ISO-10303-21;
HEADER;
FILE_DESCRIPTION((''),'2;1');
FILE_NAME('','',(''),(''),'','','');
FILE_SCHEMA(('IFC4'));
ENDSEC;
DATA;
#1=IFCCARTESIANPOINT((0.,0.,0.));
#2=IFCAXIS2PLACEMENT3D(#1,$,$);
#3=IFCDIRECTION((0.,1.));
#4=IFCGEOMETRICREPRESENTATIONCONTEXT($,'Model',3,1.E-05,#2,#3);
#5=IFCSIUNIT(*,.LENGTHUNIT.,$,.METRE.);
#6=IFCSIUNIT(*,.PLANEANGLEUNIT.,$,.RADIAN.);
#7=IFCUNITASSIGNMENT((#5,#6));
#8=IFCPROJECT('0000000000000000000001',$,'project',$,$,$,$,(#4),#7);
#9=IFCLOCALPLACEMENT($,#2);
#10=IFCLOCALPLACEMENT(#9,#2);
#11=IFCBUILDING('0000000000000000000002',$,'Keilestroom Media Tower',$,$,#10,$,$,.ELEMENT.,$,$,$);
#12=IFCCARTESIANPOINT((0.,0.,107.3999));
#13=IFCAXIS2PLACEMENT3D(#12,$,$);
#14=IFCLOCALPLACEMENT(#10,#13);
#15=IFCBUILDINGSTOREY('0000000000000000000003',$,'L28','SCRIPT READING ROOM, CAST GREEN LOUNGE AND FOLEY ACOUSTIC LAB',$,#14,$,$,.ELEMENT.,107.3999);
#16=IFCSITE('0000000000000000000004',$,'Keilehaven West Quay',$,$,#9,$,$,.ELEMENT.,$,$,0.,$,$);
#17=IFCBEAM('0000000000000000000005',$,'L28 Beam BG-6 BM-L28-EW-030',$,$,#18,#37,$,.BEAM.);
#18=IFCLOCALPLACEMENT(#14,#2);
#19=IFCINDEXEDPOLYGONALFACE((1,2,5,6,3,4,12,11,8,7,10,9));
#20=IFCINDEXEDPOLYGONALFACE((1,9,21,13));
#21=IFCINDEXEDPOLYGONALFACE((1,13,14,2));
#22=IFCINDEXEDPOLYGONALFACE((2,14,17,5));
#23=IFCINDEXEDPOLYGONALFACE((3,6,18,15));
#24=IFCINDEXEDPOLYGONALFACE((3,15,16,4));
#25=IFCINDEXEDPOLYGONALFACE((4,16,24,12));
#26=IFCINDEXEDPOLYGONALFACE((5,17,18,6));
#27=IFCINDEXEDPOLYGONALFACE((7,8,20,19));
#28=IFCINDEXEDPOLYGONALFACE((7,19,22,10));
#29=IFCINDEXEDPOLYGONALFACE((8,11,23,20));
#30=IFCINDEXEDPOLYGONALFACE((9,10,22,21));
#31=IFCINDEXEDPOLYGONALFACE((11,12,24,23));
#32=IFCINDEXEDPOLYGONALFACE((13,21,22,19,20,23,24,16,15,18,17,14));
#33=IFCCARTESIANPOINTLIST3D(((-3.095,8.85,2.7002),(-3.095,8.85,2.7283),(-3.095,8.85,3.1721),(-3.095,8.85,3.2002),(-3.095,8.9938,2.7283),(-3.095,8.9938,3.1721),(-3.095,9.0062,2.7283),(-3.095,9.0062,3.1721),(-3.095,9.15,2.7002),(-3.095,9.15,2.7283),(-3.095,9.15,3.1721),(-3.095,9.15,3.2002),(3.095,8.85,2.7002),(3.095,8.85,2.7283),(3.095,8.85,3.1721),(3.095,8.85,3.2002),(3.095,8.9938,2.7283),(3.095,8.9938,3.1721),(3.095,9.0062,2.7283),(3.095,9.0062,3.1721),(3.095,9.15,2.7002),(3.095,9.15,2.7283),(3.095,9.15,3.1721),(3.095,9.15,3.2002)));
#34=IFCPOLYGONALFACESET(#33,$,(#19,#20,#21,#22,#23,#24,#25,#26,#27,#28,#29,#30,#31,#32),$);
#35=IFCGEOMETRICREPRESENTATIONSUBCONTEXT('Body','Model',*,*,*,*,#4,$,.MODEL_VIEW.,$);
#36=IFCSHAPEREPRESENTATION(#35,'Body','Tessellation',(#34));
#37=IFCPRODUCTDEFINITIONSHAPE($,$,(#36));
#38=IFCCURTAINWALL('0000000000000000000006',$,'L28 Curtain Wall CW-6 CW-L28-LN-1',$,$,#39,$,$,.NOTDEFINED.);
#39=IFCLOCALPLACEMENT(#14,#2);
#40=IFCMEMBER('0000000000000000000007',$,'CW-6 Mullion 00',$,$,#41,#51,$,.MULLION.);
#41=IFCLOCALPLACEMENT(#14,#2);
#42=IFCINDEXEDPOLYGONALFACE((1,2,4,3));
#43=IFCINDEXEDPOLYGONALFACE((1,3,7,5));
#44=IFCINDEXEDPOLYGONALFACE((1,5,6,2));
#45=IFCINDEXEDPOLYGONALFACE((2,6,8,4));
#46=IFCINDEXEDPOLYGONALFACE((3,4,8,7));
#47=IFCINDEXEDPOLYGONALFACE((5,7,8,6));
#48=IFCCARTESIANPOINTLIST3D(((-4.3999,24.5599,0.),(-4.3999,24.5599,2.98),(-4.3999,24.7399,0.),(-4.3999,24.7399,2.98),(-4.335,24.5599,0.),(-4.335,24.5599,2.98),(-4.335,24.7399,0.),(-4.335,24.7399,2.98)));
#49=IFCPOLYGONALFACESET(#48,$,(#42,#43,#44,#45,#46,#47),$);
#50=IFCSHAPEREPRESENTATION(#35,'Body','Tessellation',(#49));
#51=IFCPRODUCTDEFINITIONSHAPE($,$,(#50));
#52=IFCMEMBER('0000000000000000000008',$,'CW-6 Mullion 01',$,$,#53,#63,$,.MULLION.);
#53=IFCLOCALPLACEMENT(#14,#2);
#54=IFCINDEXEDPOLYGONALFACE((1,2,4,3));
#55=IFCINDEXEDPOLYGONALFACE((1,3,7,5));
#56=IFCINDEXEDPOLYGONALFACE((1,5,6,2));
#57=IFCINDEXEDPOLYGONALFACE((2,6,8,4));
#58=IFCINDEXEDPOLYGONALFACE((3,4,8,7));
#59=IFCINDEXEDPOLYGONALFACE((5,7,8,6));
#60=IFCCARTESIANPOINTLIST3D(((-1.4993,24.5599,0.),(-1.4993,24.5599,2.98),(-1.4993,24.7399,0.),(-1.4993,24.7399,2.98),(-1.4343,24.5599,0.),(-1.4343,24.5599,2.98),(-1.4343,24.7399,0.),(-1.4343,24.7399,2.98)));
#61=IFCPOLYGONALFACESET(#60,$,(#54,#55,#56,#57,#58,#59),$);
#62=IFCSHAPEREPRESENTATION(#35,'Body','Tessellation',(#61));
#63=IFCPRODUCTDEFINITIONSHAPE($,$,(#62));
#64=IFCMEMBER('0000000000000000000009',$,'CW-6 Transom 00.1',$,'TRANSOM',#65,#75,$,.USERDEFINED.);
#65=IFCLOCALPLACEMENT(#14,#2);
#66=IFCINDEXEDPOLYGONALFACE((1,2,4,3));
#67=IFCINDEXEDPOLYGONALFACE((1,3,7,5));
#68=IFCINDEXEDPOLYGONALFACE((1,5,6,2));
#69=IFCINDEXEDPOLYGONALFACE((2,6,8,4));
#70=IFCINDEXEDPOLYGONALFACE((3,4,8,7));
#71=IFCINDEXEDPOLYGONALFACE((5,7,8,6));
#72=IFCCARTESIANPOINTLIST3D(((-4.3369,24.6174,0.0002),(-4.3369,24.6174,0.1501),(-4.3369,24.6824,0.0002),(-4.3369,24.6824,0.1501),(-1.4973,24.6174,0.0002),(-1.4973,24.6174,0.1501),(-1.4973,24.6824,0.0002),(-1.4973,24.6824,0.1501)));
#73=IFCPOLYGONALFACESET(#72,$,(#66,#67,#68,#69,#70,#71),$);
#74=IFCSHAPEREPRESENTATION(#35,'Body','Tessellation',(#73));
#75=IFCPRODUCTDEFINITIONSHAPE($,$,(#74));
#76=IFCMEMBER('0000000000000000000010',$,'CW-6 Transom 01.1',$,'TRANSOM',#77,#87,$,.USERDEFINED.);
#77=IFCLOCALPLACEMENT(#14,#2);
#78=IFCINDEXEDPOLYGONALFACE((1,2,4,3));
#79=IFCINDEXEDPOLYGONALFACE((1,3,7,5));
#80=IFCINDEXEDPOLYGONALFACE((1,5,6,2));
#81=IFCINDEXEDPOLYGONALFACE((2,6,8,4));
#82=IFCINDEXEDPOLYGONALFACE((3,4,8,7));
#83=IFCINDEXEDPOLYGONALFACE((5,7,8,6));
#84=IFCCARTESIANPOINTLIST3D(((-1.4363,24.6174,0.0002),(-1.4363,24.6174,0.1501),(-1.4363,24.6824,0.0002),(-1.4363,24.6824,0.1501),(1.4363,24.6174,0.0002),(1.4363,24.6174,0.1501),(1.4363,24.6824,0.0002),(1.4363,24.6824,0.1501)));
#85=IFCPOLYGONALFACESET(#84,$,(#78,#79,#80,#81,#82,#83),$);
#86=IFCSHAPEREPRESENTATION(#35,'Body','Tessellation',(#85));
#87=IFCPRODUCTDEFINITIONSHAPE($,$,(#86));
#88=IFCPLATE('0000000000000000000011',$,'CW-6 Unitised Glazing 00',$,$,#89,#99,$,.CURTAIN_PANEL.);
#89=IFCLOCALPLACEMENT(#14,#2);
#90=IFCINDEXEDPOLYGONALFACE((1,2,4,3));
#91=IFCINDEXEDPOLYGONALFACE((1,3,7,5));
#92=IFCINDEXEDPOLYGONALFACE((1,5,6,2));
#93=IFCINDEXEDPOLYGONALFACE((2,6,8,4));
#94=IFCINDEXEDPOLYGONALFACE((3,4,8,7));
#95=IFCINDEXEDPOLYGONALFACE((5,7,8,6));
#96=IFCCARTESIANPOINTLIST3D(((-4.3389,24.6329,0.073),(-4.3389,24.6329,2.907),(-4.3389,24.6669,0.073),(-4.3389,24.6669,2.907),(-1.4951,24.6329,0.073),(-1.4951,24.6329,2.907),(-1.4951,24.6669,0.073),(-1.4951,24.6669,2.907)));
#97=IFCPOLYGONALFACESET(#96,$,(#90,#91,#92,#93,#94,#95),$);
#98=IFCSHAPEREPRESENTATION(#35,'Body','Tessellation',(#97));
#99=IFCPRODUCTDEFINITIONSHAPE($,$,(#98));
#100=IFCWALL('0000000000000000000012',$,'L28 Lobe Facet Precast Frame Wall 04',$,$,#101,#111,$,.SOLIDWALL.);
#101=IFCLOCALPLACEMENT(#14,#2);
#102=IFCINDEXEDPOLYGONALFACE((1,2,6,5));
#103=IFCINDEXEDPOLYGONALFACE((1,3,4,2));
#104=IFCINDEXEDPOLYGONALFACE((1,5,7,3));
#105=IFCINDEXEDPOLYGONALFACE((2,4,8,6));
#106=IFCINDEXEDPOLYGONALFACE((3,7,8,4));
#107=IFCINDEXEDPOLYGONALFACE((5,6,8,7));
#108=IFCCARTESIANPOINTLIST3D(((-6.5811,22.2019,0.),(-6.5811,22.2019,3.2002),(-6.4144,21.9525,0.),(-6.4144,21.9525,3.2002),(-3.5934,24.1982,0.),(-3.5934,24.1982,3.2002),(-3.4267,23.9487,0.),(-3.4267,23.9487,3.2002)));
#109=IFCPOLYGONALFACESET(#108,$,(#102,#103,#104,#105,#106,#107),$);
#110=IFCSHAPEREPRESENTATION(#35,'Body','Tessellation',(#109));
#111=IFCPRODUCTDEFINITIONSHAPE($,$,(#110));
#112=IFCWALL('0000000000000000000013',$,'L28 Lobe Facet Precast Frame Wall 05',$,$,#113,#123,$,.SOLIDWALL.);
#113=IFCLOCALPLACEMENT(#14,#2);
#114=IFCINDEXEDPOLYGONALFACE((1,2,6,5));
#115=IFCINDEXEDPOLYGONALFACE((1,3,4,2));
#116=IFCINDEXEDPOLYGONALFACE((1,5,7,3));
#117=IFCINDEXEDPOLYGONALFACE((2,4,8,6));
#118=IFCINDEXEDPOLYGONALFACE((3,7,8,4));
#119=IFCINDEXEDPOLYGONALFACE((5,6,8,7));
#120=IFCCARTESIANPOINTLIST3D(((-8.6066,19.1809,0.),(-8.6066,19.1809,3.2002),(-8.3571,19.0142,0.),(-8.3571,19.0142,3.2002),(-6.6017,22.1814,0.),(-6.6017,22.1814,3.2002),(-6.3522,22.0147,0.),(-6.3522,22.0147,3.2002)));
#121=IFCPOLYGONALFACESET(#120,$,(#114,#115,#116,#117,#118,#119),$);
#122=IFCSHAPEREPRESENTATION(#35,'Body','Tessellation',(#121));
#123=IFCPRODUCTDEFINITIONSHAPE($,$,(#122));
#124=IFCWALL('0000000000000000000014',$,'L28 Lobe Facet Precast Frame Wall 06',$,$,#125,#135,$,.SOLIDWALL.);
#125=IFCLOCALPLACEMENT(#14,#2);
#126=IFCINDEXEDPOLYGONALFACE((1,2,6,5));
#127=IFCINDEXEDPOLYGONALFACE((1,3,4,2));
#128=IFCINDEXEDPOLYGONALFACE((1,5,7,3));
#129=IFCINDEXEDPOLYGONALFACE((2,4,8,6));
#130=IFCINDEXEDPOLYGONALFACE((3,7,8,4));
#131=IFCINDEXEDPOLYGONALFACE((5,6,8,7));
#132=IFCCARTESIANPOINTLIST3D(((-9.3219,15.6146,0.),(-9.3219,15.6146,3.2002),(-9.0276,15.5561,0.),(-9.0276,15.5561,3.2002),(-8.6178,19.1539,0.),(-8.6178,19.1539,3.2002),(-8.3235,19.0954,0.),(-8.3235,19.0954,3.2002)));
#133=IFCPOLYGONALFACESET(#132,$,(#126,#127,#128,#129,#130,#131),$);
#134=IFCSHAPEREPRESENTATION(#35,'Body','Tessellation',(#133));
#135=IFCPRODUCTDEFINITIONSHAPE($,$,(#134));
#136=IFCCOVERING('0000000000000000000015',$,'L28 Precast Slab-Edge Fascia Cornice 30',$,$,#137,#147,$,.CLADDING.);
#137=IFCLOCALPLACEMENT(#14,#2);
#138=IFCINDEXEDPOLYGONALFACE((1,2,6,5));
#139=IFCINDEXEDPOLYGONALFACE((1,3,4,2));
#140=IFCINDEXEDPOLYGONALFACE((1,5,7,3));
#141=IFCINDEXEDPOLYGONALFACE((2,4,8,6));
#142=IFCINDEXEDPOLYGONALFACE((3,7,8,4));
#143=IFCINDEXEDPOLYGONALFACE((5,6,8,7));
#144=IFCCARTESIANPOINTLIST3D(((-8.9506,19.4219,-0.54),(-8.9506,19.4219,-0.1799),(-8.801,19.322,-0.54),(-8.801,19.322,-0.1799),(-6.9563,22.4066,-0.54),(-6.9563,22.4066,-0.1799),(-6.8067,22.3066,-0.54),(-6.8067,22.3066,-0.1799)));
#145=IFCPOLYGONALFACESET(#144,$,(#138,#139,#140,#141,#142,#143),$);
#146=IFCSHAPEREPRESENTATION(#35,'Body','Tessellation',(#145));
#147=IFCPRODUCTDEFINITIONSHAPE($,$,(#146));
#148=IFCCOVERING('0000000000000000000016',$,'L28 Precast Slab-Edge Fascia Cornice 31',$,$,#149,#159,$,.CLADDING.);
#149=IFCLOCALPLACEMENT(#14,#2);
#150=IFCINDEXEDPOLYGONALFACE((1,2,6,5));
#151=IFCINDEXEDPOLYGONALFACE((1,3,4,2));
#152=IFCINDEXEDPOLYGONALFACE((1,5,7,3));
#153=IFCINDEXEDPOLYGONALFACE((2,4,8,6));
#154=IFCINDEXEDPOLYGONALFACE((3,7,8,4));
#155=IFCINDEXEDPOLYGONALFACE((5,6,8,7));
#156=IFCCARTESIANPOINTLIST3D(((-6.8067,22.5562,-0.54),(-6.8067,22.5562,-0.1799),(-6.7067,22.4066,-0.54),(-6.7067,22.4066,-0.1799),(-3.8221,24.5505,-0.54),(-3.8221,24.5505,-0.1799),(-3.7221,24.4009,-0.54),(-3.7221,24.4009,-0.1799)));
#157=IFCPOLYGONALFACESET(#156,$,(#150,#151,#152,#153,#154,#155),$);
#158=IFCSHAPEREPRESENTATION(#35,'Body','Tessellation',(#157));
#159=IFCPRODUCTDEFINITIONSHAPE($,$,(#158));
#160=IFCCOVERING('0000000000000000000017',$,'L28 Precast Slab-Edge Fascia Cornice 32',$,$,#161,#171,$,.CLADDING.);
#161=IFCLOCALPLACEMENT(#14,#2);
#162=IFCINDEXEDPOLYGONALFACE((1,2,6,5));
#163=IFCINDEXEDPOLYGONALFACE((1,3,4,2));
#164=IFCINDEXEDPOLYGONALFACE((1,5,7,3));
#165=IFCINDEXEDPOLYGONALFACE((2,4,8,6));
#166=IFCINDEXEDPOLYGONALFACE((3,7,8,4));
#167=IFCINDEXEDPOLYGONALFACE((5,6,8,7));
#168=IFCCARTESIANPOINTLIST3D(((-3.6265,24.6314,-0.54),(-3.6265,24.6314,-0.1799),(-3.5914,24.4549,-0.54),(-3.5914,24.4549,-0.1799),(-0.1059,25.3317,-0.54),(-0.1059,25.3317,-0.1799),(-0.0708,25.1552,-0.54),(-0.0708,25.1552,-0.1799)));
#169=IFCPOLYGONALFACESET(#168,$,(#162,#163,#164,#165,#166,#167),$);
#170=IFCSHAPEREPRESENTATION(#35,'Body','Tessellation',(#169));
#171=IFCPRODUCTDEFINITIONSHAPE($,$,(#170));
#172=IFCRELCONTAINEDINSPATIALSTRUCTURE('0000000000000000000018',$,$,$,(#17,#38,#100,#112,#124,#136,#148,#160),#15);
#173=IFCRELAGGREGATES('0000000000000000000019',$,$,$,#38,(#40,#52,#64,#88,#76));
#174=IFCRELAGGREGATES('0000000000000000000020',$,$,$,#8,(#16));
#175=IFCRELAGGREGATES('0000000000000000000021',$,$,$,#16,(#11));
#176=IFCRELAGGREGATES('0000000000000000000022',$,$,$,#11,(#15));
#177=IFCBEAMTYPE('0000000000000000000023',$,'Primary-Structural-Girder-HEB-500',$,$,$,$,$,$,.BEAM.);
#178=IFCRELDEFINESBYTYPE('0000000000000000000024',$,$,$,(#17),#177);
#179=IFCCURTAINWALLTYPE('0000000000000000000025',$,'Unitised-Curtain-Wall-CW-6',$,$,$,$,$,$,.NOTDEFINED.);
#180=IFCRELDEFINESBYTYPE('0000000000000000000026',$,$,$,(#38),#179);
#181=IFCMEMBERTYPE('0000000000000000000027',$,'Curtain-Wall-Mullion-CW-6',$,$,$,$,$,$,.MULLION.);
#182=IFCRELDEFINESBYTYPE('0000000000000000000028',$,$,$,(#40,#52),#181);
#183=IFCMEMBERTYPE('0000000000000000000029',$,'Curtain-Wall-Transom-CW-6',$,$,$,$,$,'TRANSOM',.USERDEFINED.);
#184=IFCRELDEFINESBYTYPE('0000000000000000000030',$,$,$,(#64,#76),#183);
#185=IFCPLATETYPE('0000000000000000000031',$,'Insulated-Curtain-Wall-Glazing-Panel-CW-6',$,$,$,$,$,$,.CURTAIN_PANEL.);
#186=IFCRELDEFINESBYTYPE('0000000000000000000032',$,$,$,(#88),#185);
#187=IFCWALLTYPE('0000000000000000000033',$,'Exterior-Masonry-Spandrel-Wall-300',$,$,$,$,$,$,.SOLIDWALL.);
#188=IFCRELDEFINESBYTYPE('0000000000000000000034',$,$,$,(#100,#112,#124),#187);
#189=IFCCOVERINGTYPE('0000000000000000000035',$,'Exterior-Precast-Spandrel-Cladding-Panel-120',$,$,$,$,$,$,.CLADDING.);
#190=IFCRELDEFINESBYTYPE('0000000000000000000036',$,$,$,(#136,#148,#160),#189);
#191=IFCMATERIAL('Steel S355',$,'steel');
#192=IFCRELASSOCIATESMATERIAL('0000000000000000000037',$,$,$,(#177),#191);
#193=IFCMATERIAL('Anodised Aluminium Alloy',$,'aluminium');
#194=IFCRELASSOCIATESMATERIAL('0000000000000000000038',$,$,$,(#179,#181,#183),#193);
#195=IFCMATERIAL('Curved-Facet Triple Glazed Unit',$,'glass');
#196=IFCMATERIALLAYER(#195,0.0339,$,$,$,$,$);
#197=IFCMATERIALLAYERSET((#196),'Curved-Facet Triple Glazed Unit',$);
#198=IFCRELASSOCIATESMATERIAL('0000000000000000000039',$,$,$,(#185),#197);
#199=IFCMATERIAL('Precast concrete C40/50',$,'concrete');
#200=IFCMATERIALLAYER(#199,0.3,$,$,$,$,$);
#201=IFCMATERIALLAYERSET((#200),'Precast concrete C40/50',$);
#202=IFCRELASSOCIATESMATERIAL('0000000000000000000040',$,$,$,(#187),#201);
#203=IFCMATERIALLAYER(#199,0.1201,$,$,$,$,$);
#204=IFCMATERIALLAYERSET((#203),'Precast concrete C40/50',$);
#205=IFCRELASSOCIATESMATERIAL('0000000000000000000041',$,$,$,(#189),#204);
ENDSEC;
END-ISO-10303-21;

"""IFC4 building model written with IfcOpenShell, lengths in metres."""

from ifc_helpers import new_model, si_unit, direction, frame, frame_2d, origin, origin_2d, place, context, subcontext, project, spatial, rectangle, i_section, extrude, source, transform, mapped, material, layer, layer_set, material_profile, profile_set, type_object, element, aggregate, save


model = new_model("IFC4")

# Units and contexts
model_context = context("Model", 3, precision=1e-05, world=origin(), true_north=direction((0.0, 1.0)))
body_context = subcontext(model_context, "Body", "Model", "MODEL_VIEW")
ifc_project = project(units=[si_unit("LENGTHUNIT", "METRE"), si_unit("PLANEANGLEUNIT", "RADIAN")], contexts=[model_context])

# Site, building, storey
site_placement = place(None, origin())
site = spatial("IfcSite", under=ifc_project, at=site_placement, Name="Keilehaven West Quay", CompositionType="ELEMENT", RefElevation=0.0)
building_placement = place(site_placement, origin())
building = spatial("IfcBuilding", under=site, at=building_placement, Name="Keilestroom Media Tower", CompositionType="ELEMENT")
storey_placement = place(building_placement, frame((0.0, 0.0, 107.3999)))
storey = spatial("IfcBuildingStorey", under=building, at=storey_placement, Name="L28", Description="SCRIPT READING ROOM, CAST GREEN LOUNGE AND FOLEY ACOUSTIC LAB", CompositionType="ELEMENT", Elevation=107.3999)

# Shared definitions
ifc_material_1 = material(Name="Steel S355", Category="steel")

# Beam
ifc_material_profile_1 = material_profile(ifc_material_1, i_section(OverallWidth=0.3, OverallDepth=0.5, WebThickness=0.0125, FlangeThickness=0.0281, at=origin_2d()), Name="HEB 500")
ifc_profile_set_1 = profile_set([ifc_material_profile_1], Name="Steel S355")
beam_type = type_object("IfcBeamType", Name="Primary-Structural-Girder-HEB-500", PredefinedType="BEAM", material=ifc_profile_set_1)
shared_shape_1 = source(origin(), body_context, "Body", "SweptSolid", [
    extrude(i_section(OverallWidth=0.3, OverallDepth=0.5, WebThickness=0.0125, FlangeThickness=0.0281, at=origin_2d()), origin(), (0.0, 0.0, 1.0), 6.1899),
])
beam_1_placement = place(storey_placement, frame((-3.095, 9.0, 2.9502), z_axis=(1.0, 0.0, 0.0), x_axis=(0.0, 1.0, 0.0)))
element("IfcBeam", 1, at=beam_1_placement, inside=storey, type_object=beam_type, Name="L28 Beam BG-6 BM-L28-EW-030", PredefinedType="BEAM", context=body_context, shape_type="MappedRepresentation", body=[
    mapped(shared_shape_1, transform((0.0, 0.0, 0.0), x_axis=(1.0, 0.0, 0.0), y_axis=(0.0, 1.0, 0.0), z_axis=(0.0, 0.0, 1.0), scale=1.0)),
])

# Curtain wall, members, plate
ifc_material_2 = material(Name="Anodised Aluminium Alloy", Category="aluminium")
curtain_wall_type = type_object("IfcCurtainWallType", Name="Unitised-Curtain-Wall-CW-6", PredefinedType="NOTDEFINED", material=ifc_material_2)
curtain_wall_placement = place(storey_placement, origin())
curtain_wall = element("IfcCurtainWall", 2, at=curtain_wall_placement, inside=storey, type_object=curtain_wall_type, Name="L28 Curtain Wall CW-6 CW-L28-LN-1", PredefinedType="NOTDEFINED")
ifc_material_profile_2 = material_profile(ifc_material_2, rectangle(XDim=0.0649, YDim=0.1799, at=origin_2d()), Name="ALU MULLION 65x180")
ifc_profile_set_2 = profile_set([ifc_material_profile_2], Name="Anodised Aluminium Alloy")
member_type_1 = type_object("IfcMemberType", Name="Curtain-Wall-Mullion-CW-6", PredefinedType="MULLION", material=ifc_profile_set_2)
shared_shape_2 = source(origin(), body_context, "Body", "SweptSolid", [
    extrude(rectangle(XDim=0.0649, YDim=0.1799, at=origin_2d()), origin(), (0.0, 0.0, 1.0), 2.98),
])
member_1_placement = place(storey_placement, frame((-4.3674, 24.6499, 0.0), z_axis=(0.0, 0.0, 1.0), x_axis=(1.0, 0.0, 0.0)))
member_1 = element("IfcMember", 3, at=member_1_placement, type_object=member_type_1, Name="CW-6 Mullion 00", PredefinedType="MULLION", context=body_context, shape_type="MappedRepresentation", body=[
    mapped(shared_shape_2, transform((0.0, 0.0, 0.0), x_axis=(1.0, 0.0, 0.0), y_axis=(0.0, 1.0, 0.0), z_axis=(0.0, 0.0, 1.0), scale=1.0)),
])
member_2_placement = place(storey_placement, frame((-1.4668, 24.6499, 0.0), z_axis=(0.0, 0.0, 1.0), x_axis=(1.0, 0.0, 0.0)))
member_2 = element("IfcMember", 4, at=member_2_placement, type_object=member_type_1, Name="CW-6 Mullion 01", PredefinedType="MULLION", context=body_context, shape_type="MappedRepresentation", body=[
    mapped(shared_shape_2, transform((0.0, 0.0, 0.0), x_axis=(1.0, 0.0, 0.0), y_axis=(0.0, 1.0, 0.0), z_axis=(0.0, 0.0, 1.0), scale=1.0)),
])
ifc_material_profile_3 = material_profile(ifc_material_2, rectangle(XDim=0.0649, YDim=0.1499, at=origin_2d()), Name="ALU TRANSOM 65x150")
ifc_profile_set_3 = profile_set([ifc_material_profile_3], Name="Anodised Aluminium Alloy")
member_type_2 = type_object("IfcMemberType", Name="Curtain-Wall-Transom-CW-6", ElementType="TRANSOM", PredefinedType="USERDEFINED", material=ifc_profile_set_3)
shared_shape_3 = source(origin(), body_context, "Body", "SweptSolid", [
    extrude(rectangle(XDim=0.0649, YDim=0.1499, at=origin_2d()), origin(), (0.0, 0.0, 1.0), 2.8396),
])
member_3_placement = place(storey_placement, frame((-4.3369, 24.6499, 0.0752), z_axis=(1.0, 0.0, 0.0), x_axis=(0.0, 1.0, 0.0)))
member_3 = element("IfcMember", 5, at=member_3_placement, type_object=member_type_2, Name="CW-6 Transom 00.1", ObjectType="TRANSOM", PredefinedType="USERDEFINED", context=body_context, shape_type="MappedRepresentation", body=[
    mapped(shared_shape_3, transform((0.0, 0.0, 0.0), x_axis=(1.0, 0.0, 0.0), y_axis=(0.0, 1.0, 0.0), z_axis=(0.0, 0.0, 1.0), scale=1.0)),
])
shared_shape_4 = source(origin(), body_context, "Body", "SweptSolid", [
    extrude(rectangle(XDim=0.0649, YDim=0.1499, at=origin_2d()), origin(), (0.0, 0.0, 1.0), 2.8726),
])
member_4_placement = place(storey_placement, frame((-1.4363, 24.6499, 0.0752), z_axis=(1.0, 0.0, 0.0), x_axis=(0.0, 1.0, 0.0)))
member_4 = element("IfcMember", 6, at=member_4_placement, type_object=member_type_2, Name="CW-6 Transom 01.1", ObjectType="TRANSOM", PredefinedType="USERDEFINED", context=body_context, shape_type="MappedRepresentation", body=[
    mapped(shared_shape_4, transform((0.0, 0.0, 0.0), x_axis=(1.0, 0.0, 0.0), y_axis=(0.0, 1.0, 0.0), z_axis=(0.0, 0.0, 1.0), scale=1.0)),
])
ifc_material_3 = material(Name="Curved-Facet Triple Glazed Unit", Category="glass")
ifc_layer_1 = layer(ifc_material_3, 0.0339)
ifc_layer_set_1 = layer_set([ifc_layer_1], Name="Curved-Facet Triple Glazed Unit")
plate_type = type_object("IfcPlateType", Name="Insulated-Curtain-Wall-Glazing-Panel-CW-6", PredefinedType="CURTAIN_PANEL", material=ifc_layer_set_1)
shared_shape_5 = source(origin(), body_context, "Body", "SweptSolid", [
    extrude(rectangle(XDim=2.8438, YDim=0.0339, at=origin_2d()), origin(), (0.0, 0.0, 1.0), 2.834),
])
plate_placement = place(storey_placement, frame((-2.917, 24.6499, 0.073), z_axis=(0.0, 0.0, 1.0), x_axis=(1.0, 0.0, 0.0)))
plate = element("IfcPlate", 7, at=plate_placement, type_object=plate_type, Name="CW-6 Unitised Glazing 00", PredefinedType="CURTAIN_PANEL", context=body_context, shape_type="MappedRepresentation", body=[
    mapped(shared_shape_5, transform((0.0, 0.0, 0.0), x_axis=(1.0, 0.0, 0.0), y_axis=(0.0, 1.0, 0.0), z_axis=(0.0, 0.0, 1.0), scale=1.0)),
])
aggregate(curtain_wall, [member_1, member_2, member_3, plate, member_4])

# Walls
ifc_material_4 = material(Name="Precast concrete C40/50", Category="concrete")
ifc_layer_2 = layer(ifc_material_4, 0.3)
ifc_layer_set_2 = layer_set([ifc_layer_2], Name="Precast concrete C40/50")
wall_type = type_object("IfcWallType", Name="Exterior-Masonry-Spandrel-Wall-300", PredefinedType="SOLIDWALL", material=ifc_layer_set_2)
wall_placement = place(storey_placement, frame((-3.51, 24.0735, 0.0), z_axis=(0.0, 0.0, 1.0), x_axis=(-0.831475, -0.555562, 0.0)))
element("IfcWall", 8, at=wall_placement, inside=storey, type_object=wall_type, Name="L28 Lobe Facet Precast Frame Wall 04", PredefinedType="SOLIDWALL", context=body_context, shape_type="SweptSolid", body=[
    extrude(rectangle(XDim=3.5933, YDim=0.3, at=frame_2d((1.7966, 0.0))), origin(), (0.0, 0.0, 1.0), 3.2002),
])
for number, where, z_axis, x_axis, name in (
    (9, (-6.4771, 22.0979, 0.0), (0.0, 0.0, 1.0), (-0.555574, -0.831467, 0.0), "L28 Lobe Facet Precast Frame Wall 05"),
    (10, (-8.4707, 19.1245, 0.0), (0.0, 0.0, 1.0), (-0.195114, -0.980781, 0.0), "L28 Lobe Facet Precast Frame Wall 06"),
):
    element("IfcWall", number, at=place(storey_placement, frame(where, z_axis=z_axis, x_axis=x_axis)), inside=storey, type_object=wall_type, Name=name, PredefinedType="SOLIDWALL", context=body_context, shape_type="SweptSolid", body=[
        extrude(rectangle(XDim=3.6086, YDim=0.3, at=frame_2d((1.8042, 0.0))), origin(), (0.0, 0.0, 1.0), 3.2002),
    ])

# Coverings
ifc_layer_3 = layer(ifc_material_4, 0.1201)
ifc_layer_set_3 = layer_set([ifc_layer_3], Name="Precast concrete C40/50")
covering_type = type_object("IfcCoveringType", Name="Exterior-Precast-Spandrel-Cladding-Panel-120", PredefinedType="CLADDING", material=ifc_layer_set_3)
shared_shape_6 = source(origin(), body_context, "Body", "SweptSolid", [
    extrude(rectangle(XDim=3.5896, YDim=0.1799, at=origin_2d()), origin(), (0.0, 0.0, 1.0), 0.3601),
])
for number, where, z_axis, x_axis, name in (
    (11, (-7.8787, 20.8643, -0.54), (0.0, 0.0, 1.0), (0.555575, 0.831467, 0.0), "L28 Precast Slab-Edge Fascia Cornice 30"),
    (12, (-5.2644, 23.4785, -0.54), (0.0, 0.0, 1.0), (0.831467, 0.555575, 0.0), "L28 Precast Slab-Edge Fascia Cornice 31"),
    (13, (-1.8486, 24.8933, -0.54), (0.0, 0.0, 1.0), (0.980784, 0.195099, 0.0), "L28 Precast Slab-Edge Fascia Cornice 32"),
):
    element("IfcCovering", number, at=place(storey_placement, frame(where, z_axis=z_axis, x_axis=x_axis)), inside=storey, type_object=covering_type, Name=name, PredefinedType="CLADDING", context=body_context, shape_type="MappedRepresentation", body=[
        mapped(shared_shape_6, transform((0.0, 0.0, 0.0), x_axis=(1.0, 0.0, 0.0), y_axis=(0.0, 1.0, 0.0), z_axis=(0.0, 0.0, 1.0), scale=1.0)),
    ])

save(model, "model.ifc")
